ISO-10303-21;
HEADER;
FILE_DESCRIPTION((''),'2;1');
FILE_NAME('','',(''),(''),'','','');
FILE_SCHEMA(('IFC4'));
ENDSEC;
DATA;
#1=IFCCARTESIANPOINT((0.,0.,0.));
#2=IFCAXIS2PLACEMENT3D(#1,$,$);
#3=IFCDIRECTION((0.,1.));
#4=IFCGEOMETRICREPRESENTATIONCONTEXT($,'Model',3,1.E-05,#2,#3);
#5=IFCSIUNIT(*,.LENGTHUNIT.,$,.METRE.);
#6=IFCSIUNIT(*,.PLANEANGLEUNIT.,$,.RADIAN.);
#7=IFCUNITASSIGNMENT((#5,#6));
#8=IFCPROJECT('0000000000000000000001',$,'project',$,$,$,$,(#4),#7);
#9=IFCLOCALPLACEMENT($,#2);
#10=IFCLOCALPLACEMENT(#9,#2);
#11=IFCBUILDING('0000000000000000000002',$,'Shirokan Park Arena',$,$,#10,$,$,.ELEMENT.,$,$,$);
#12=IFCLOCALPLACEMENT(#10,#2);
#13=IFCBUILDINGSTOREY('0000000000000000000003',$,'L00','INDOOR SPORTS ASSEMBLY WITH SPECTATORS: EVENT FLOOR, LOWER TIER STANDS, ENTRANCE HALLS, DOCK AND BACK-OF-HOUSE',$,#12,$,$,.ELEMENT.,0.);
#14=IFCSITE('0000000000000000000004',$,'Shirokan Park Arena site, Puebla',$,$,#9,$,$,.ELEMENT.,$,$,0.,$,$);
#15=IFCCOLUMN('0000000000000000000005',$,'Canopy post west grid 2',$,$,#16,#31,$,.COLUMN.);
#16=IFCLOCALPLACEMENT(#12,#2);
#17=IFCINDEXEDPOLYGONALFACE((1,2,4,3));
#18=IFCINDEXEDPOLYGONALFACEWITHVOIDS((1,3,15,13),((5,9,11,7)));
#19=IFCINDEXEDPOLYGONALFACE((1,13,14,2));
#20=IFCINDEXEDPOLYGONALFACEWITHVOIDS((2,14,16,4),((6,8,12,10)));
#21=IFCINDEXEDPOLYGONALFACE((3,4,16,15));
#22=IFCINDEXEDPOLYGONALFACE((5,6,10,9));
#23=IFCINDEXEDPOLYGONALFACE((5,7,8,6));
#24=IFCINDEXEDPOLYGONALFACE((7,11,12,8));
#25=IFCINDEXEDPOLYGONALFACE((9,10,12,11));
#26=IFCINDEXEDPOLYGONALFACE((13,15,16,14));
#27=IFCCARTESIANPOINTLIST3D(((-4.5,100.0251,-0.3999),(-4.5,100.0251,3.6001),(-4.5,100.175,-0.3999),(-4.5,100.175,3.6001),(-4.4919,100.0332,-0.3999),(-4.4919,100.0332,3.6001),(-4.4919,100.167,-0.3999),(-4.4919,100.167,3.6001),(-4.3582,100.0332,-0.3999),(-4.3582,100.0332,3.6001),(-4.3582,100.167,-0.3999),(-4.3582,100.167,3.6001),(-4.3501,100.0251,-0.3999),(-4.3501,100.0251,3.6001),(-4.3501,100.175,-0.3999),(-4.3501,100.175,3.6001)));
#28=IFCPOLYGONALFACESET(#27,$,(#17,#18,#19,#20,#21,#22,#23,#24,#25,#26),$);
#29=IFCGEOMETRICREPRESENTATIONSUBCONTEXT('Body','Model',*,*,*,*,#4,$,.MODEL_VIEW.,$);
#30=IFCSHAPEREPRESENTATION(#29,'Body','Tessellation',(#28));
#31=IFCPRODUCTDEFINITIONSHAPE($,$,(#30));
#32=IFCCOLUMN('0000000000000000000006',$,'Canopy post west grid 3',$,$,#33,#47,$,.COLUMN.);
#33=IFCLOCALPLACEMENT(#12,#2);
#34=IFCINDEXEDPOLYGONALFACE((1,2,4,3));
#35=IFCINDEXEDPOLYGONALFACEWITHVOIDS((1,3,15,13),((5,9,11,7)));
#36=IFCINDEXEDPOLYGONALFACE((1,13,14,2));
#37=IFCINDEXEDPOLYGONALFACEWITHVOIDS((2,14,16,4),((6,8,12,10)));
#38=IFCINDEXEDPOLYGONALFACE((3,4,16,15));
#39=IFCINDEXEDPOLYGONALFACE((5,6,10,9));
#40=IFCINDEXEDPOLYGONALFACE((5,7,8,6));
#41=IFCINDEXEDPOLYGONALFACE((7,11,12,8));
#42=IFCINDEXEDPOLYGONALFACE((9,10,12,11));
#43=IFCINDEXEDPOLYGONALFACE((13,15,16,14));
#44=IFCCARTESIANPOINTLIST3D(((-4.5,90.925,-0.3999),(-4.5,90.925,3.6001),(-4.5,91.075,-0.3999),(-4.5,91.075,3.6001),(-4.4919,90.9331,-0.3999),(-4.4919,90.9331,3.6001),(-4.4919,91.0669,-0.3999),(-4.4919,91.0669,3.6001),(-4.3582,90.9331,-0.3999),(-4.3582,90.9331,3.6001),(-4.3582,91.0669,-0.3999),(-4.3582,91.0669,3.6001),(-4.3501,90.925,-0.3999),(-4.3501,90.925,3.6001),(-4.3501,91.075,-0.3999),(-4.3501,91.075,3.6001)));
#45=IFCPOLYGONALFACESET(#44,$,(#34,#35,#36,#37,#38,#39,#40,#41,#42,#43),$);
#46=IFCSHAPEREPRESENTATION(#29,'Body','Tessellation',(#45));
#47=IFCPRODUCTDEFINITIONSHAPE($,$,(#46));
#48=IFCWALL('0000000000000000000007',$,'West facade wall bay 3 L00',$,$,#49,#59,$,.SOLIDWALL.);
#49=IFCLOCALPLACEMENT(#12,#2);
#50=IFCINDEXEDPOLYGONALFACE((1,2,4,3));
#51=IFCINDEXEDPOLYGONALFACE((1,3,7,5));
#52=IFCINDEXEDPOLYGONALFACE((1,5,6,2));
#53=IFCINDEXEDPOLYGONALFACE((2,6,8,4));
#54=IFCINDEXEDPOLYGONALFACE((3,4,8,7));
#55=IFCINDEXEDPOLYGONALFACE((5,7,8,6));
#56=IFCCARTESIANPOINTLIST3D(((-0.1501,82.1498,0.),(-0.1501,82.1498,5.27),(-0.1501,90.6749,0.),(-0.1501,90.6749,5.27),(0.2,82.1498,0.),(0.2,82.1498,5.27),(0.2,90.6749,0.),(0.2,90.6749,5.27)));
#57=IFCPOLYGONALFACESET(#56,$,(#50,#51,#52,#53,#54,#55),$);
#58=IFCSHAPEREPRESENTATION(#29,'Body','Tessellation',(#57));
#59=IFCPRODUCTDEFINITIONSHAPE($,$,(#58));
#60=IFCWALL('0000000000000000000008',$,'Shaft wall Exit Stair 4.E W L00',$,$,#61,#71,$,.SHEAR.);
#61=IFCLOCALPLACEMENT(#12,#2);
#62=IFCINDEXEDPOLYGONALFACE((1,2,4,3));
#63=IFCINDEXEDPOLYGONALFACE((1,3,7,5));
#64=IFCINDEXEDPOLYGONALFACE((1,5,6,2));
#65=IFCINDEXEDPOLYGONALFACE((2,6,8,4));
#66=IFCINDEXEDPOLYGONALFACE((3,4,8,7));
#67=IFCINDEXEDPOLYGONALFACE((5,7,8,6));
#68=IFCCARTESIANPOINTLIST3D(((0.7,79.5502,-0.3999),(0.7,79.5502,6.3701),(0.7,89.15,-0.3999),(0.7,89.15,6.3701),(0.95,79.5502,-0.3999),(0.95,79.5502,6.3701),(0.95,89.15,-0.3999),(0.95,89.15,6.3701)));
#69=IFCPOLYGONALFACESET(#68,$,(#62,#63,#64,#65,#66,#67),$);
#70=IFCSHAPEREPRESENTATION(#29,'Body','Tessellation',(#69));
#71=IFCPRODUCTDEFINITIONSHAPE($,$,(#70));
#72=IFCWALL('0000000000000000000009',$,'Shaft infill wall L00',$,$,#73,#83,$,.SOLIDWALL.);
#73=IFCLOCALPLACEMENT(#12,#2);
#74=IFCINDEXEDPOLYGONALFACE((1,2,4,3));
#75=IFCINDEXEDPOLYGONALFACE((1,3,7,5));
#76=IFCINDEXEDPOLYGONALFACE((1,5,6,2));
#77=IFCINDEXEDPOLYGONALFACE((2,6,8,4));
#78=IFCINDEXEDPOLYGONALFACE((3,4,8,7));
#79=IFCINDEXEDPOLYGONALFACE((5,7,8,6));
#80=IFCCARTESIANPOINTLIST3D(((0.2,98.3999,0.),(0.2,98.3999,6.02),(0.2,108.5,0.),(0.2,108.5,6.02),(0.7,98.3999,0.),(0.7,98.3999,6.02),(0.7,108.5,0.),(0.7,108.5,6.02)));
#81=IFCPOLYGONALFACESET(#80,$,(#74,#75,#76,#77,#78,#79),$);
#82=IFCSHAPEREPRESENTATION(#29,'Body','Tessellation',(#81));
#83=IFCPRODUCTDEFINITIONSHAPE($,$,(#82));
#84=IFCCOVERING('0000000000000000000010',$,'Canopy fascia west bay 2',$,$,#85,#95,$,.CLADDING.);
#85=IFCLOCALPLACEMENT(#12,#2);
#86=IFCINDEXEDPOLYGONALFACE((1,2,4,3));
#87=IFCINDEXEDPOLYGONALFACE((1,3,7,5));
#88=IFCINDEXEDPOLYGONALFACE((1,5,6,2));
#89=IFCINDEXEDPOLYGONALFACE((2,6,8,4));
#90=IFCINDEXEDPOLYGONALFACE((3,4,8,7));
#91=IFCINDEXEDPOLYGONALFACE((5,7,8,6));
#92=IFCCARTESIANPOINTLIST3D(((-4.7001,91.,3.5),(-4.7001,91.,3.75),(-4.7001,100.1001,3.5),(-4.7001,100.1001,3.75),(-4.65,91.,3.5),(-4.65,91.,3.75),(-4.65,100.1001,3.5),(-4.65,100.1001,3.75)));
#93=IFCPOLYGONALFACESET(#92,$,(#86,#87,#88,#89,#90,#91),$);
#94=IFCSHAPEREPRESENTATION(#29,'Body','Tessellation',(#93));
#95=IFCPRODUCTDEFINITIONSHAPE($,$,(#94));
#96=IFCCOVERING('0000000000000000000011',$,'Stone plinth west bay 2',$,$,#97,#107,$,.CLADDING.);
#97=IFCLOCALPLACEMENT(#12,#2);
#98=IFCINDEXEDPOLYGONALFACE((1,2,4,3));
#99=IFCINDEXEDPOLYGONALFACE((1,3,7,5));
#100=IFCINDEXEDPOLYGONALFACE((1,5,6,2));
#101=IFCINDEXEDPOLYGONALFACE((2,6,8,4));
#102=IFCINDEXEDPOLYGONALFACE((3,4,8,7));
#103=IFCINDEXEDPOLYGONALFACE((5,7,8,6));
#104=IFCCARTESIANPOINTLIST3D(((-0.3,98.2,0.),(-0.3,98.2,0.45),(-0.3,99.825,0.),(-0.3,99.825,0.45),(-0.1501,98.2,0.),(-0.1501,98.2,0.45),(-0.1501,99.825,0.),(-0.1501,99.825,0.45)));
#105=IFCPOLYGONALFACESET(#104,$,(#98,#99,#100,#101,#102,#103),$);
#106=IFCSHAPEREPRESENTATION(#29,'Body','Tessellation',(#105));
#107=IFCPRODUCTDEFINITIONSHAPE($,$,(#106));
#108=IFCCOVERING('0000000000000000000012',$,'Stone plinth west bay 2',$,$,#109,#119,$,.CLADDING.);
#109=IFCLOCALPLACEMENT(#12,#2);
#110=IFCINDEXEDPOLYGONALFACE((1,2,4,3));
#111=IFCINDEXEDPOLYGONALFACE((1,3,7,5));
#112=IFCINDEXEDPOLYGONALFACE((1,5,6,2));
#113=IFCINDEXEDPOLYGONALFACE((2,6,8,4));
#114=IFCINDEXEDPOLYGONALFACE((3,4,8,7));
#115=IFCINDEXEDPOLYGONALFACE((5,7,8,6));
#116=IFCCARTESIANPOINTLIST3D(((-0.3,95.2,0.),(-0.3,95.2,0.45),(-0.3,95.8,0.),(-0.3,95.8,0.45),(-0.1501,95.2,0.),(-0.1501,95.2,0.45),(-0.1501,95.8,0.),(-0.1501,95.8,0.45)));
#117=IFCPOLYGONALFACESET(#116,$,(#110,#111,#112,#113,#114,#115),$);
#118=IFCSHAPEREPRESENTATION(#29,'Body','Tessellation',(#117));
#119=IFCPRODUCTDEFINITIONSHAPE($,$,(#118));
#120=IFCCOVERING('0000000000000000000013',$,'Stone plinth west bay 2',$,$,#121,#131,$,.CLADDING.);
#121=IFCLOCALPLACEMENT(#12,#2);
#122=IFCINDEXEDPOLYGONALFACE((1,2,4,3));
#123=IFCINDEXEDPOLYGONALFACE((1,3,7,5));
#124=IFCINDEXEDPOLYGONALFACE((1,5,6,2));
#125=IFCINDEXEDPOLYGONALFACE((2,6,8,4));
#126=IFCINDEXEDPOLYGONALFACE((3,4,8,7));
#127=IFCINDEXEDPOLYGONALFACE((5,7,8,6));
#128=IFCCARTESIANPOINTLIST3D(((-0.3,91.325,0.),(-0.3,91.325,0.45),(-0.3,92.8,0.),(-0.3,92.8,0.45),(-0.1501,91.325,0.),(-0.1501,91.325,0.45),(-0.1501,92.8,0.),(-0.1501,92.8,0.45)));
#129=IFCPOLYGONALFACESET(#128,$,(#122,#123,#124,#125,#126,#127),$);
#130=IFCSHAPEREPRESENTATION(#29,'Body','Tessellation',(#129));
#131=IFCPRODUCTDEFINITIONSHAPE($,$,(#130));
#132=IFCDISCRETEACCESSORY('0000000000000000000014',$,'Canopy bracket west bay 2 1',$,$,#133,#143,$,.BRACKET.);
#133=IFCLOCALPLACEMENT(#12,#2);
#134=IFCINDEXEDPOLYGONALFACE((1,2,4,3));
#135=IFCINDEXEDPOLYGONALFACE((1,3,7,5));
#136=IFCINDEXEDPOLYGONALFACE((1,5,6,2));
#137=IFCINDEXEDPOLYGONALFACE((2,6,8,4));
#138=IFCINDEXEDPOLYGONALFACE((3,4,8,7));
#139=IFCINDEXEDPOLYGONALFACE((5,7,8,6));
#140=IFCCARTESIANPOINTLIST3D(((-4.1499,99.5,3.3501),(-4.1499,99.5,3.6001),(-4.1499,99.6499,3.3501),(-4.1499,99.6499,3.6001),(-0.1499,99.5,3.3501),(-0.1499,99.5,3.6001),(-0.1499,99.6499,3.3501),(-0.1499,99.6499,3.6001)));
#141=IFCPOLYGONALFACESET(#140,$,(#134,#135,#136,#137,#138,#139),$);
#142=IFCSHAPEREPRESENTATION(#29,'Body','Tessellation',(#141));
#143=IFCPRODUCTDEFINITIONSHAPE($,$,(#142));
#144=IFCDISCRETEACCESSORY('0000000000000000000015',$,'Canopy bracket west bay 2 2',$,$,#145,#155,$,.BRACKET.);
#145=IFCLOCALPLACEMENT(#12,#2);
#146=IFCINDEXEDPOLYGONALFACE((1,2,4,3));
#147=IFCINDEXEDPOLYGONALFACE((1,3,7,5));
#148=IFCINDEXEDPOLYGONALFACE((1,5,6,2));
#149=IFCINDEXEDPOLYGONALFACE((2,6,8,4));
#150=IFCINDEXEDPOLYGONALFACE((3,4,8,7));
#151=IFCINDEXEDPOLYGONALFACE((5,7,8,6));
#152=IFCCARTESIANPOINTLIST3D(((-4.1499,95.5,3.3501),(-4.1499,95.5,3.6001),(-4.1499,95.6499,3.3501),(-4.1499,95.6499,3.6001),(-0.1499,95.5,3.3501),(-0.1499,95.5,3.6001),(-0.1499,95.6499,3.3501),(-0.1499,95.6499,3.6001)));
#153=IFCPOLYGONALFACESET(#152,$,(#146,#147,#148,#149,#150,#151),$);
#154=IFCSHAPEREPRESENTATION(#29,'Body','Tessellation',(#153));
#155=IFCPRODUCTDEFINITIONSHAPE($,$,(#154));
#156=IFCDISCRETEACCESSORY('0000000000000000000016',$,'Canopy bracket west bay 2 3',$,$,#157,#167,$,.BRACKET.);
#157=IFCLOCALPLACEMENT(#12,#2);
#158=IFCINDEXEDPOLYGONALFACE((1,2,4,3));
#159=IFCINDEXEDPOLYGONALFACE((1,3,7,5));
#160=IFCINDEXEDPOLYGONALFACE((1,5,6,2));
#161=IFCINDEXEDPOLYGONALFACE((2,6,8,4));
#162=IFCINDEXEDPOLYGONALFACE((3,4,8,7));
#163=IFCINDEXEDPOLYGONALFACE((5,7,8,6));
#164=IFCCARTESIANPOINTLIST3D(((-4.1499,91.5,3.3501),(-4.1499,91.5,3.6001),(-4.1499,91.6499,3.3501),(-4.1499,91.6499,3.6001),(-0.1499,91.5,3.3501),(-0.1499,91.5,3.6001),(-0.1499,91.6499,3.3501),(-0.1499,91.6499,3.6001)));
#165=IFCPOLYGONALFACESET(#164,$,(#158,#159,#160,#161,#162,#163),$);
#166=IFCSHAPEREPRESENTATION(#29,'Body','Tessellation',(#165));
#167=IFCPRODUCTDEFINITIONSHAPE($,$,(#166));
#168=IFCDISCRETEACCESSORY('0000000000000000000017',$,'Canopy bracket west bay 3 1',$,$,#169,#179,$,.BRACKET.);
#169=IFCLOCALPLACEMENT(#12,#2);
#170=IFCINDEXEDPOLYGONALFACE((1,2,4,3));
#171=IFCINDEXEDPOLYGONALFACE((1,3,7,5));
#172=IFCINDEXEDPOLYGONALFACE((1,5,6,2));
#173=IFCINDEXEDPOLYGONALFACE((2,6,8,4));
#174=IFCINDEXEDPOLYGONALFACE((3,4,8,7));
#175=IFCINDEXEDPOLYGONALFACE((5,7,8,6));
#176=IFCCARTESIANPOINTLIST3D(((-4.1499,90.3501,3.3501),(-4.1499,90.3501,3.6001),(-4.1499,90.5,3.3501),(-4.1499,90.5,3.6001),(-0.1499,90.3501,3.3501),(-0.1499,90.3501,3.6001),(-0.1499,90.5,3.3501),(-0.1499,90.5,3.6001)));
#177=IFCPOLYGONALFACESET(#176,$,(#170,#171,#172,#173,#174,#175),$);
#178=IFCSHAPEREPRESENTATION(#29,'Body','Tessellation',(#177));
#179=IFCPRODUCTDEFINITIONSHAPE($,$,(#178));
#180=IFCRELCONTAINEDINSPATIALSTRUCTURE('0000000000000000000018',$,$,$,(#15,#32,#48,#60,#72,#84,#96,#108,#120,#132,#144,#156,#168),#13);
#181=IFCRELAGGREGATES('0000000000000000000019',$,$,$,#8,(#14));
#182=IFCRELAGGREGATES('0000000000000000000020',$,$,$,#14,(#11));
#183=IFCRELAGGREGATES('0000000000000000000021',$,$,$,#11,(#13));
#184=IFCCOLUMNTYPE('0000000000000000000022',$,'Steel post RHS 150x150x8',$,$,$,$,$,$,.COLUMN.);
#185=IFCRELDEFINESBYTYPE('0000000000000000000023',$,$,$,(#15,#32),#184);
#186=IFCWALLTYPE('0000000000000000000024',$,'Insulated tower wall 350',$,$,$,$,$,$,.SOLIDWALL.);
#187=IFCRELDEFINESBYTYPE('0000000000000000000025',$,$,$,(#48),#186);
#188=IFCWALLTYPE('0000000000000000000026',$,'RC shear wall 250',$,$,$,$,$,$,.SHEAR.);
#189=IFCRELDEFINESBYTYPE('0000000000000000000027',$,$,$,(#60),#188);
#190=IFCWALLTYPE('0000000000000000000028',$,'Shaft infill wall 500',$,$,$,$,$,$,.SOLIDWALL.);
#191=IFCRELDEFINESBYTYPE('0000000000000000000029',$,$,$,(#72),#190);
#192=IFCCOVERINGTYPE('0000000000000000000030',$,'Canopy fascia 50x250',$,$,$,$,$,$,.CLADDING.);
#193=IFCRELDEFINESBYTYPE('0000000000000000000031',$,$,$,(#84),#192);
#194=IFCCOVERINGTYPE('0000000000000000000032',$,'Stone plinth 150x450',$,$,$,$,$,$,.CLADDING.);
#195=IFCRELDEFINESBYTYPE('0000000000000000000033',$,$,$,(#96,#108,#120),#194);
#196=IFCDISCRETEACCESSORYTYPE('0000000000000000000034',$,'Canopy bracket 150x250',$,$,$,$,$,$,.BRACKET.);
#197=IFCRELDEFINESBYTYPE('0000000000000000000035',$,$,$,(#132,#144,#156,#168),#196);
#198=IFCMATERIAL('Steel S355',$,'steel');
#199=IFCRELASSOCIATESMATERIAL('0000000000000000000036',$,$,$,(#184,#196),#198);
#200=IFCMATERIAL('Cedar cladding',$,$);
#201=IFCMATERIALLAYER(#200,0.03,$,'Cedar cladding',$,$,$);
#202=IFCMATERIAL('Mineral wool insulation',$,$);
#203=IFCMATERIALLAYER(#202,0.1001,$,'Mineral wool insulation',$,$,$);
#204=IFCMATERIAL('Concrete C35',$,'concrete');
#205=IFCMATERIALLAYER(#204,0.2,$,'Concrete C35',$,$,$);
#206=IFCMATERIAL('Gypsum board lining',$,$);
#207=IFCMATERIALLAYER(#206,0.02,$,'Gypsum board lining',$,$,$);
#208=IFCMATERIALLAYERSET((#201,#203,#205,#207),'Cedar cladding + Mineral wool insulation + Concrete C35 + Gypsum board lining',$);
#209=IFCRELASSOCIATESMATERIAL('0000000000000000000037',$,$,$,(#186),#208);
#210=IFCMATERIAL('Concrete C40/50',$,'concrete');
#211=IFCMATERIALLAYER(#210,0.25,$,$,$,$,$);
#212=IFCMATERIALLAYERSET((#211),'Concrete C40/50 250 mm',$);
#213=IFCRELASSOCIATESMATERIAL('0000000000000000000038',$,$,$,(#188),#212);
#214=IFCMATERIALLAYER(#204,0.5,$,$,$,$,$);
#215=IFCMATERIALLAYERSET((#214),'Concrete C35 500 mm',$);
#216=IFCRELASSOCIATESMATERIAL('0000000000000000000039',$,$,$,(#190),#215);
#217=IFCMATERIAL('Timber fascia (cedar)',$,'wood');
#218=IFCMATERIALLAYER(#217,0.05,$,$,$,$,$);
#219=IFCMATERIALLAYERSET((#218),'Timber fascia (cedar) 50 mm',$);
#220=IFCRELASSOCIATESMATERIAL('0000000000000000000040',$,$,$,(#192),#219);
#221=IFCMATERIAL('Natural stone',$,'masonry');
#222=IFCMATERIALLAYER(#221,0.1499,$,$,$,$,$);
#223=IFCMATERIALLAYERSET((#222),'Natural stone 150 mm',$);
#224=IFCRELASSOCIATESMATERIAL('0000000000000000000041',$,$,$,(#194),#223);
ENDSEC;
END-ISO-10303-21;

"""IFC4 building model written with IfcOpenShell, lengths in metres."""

from ifc_helpers import new_model, si_unit, direction, frame, frame_2d, origin, origin_2d, place, context, subcontext, project, spatial, rectangle, hollow_rectangle, extrude, material, layer, layer_set, material_profile, profile_set, type_object, element, save


model = new_model("IFC4")

# Units and contexts
model_context = context("Model", 3, precision=1e-05, world=origin(), true_north=direction((0.0, 1.0)))
body_context = subcontext(model_context, "Body", "Model", "MODEL_VIEW")
ifc_project = project(units=[si_unit("LENGTHUNIT", "METRE"), si_unit("PLANEANGLEUNIT", "RADIAN")], contexts=[model_context])

# Site, building, storey
site_placement = place(None, origin())
site = spatial("IfcSite", under=ifc_project, at=site_placement, Name="Shirokan Park Arena site, Puebla", CompositionType="ELEMENT", RefElevation=0.0)
building_placement = place(site_placement, origin())
building = spatial("IfcBuilding", under=site, at=building_placement, Name="Shirokan Park Arena", CompositionType="ELEMENT")
storey_placement = place(building_placement, origin())
storey = spatial("IfcBuildingStorey", under=building, at=storey_placement, Name="L00", Description="INDOOR SPORTS ASSEMBLY WITH SPECTATORS: EVENT FLOOR, LOWER TIER STANDS, ENTRANCE HALLS, DOCK AND BACK-OF-HOUSE", CompositionType="ELEMENT", Elevation=0.0)

# Columns
ifc_material_1 = material(Name="Concrete C35", Category="concrete")
ifc_material_2 = material(Name="Steel S355", Category="steel")
ifc_material_profile_1 = material_profile(ifc_material_2, hollow_rectangle(XDim=0.1499, YDim=0.1499, WallThickness=0.0081, at=origin_2d()), Name="RHS 150x150x8")
ifc_profile_set_1 = profile_set([ifc_material_profile_1], Name="Steel S355")
column_type_1 = type_object("IfcColumnType", Name="Steel post RHS 150x150x8", PredefinedType="COLUMN", material=ifc_profile_set_1)
for number, where, z_axis, x_axis, name in (
    (1, (-4.425, 100.1001, -0.3999), (0.0, 0.0, 1.0), (1.0, 0.0, 0.0), "Canopy post west grid 2"),
    (2, (-4.425, 91.0, -0.3999), (0.0, 0.0, 1.0), (1.0, 0.0, 0.0), "Canopy post west grid 3"),
):
    element("IfcColumn", number, at=place(storey_placement, frame(where, z_axis=z_axis, x_axis=x_axis)), inside=storey, type_object=column_type_1, Name=name, PredefinedType="COLUMN", context=body_context, shape_type="SweptSolid", body=[
        extrude(hollow_rectangle(XDim=0.1499, YDim=0.1499, WallThickness=0.0081, at=origin_2d()), origin(), (0.0, 0.0, 1.0), 4.0),
    ])

# Shared definitions
ifc_material_3 = material(Name="Cedar cladding")
ifc_layer_1 = layer(ifc_material_3, 0.03, Name="Cedar cladding")
ifc_material_4 = material(Name="Mineral wool insulation")
ifc_layer_2 = layer(ifc_material_4, 0.1001, Name="Mineral wool insulation")
ifc_layer_3 = layer(ifc_material_1, 0.2, Name="Concrete C35")
ifc_material_5 = material(Name="Gypsum board lining")
ifc_layer_4 = layer(ifc_material_5, 0.02, Name="Gypsum board lining")
ifc_layer_set_1 = layer_set([ifc_layer_1, ifc_layer_2, ifc_layer_3, ifc_layer_4], Name="Cedar cladding + Mineral wool insulation + Concrete C35 + Gypsum board lining")
wall_type_1 = type_object("IfcWallType", Name="Insulated tower wall 350", PredefinedType="SOLIDWALL", material=ifc_layer_set_1)

# Walls
wall_1_placement = place(storey_placement, frame((0.0249, 90.675, 0.0), z_axis=(0.0, 0.0, 1.0), x_axis=(0.0, -1.0, 0.0)))
element("IfcWall", 3, at=wall_1_placement, inside=storey, type_object=wall_type_1, Name="West facade wall bay 3 L00", PredefinedType="SOLIDWALL", context=body_context, shape_type="SweptSolid", body=[
    extrude(rectangle(XDim=8.5251, YDim=0.3501, at=frame_2d((4.2627, 0.0))), origin(), (0.0, 0.0, 1.0), 5.27),
])
ifc_material_6 = material(Name="Concrete C40/50", Category="concrete")
ifc_layer_5 = layer(ifc_material_6, 0.25)
ifc_layer_set_2 = layer_set([ifc_layer_5], Name="Concrete C40/50 250 mm")
wall_type_2 = type_object("IfcWallType", Name="RC shear wall 250", PredefinedType="SHEAR", material=ifc_layer_set_2)
wall_2_placement = place(storey_placement, frame((0.825, 89.1499, -0.3999), z_axis=(0.0, 0.0, 1.0), x_axis=(0.0, -1.0, 0.0)))
element("IfcWall", 4, at=wall_2_placement, inside=storey, type_object=wall_type_2, Name="Shaft wall Exit Stair 4.E W L00", PredefinedType="SHEAR", context=body_context, shape_type="SweptSolid", body=[
    extrude(rectangle(XDim=9.5999, YDim=0.25, at=frame_2d((4.7998, 0.0))), origin(), (0.0, 0.0, 1.0), 6.77),
])
ifc_layer_6 = layer(ifc_material_1, 0.5)
ifc_layer_set_3 = layer_set([ifc_layer_6], Name="Concrete C35 500 mm")
wall_type_3 = type_object("IfcWallType", Name="Shaft infill wall 500", PredefinedType="SOLIDWALL", material=ifc_layer_set_3)
wall_3_placement = place(storey_placement, frame((0.45, 98.3999, 0.0), z_axis=(0.0, 0.0, 1.0), x_axis=(0.0, 1.0, 0.0)))
element("IfcWall", 5, at=wall_3_placement, inside=storey, type_object=wall_type_3, Name="Shaft infill wall L00", PredefinedType="SOLIDWALL", context=body_context, shape_type="SweptSolid", body=[
    extrude(rectangle(XDim=10.1001, YDim=0.5, at=frame_2d((5.05, 0.0))), origin(), (0.0, 0.0, 1.0), 6.02),
])

# Coverings
ifc_material_7 = material(Name="Timber fascia (cedar)", Category="wood")
ifc_layer_7 = layer(ifc_material_7, 0.05)
ifc_layer_set_4 = layer_set([ifc_layer_7], Name="Timber fascia (cedar) 50 mm")
covering_type_1 = type_object("IfcCoveringType", Name="Canopy fascia 50x250", PredefinedType="CLADDING", material=ifc_layer_set_4)
covering_1_placement = place(storey_placement, frame((-4.675, 95.55, 3.5), z_axis=(0.0, 0.0, 1.0), x_axis=(0.0, -1.0, 0.0)))
element("IfcCovering", 6, at=covering_1_placement, inside=storey, type_object=covering_type_1, Name="Canopy fascia west bay 2", PredefinedType="CLADDING", context=body_context, shape_type="SweptSolid", body=[
    extrude(rectangle(XDim=9.1001, YDim=0.05, at=origin_2d()), origin(), (0.0, 0.0, 1.0), 0.25),
])
ifc_material_8 = material(Name="Natural stone", Category="masonry")
ifc_layer_8 = layer(ifc_material_8, 0.1499)
ifc_layer_set_5 = layer_set([ifc_layer_8], Name="Natural stone 150 mm")
covering_type_2 = type_object("IfcCoveringType", Name="Stone plinth 150x450", PredefinedType="CLADDING", material=ifc_layer_set_5)
covering_2_placement = place(storey_placement, frame((-0.2251, 99.0125, 0.0), z_axis=(0.0, 0.0, 1.0), x_axis=(0.0, -1.0, 0.0)))
element("IfcCovering", 7, at=covering_2_placement, inside=storey, type_object=covering_type_2, Name="Stone plinth west bay 2", PredefinedType="CLADDING", context=body_context, shape_type="SweptSolid", body=[
    extrude(rectangle(XDim=1.625, YDim=0.1499, at=origin_2d()), origin(), (0.0, 0.0, 1.0), 0.45),
])
covering_3_placement = place(storey_placement, frame((-0.2251, 95.5, 0.0), z_axis=(0.0, 0.0, 1.0), x_axis=(0.0, -1.0, 0.0)))
element("IfcCovering", 8, at=covering_3_placement, inside=storey, type_object=covering_type_2, Name="Stone plinth west bay 2", PredefinedType="CLADDING", context=body_context, shape_type="SweptSolid", body=[
    extrude(rectangle(XDim=0.6001, YDim=0.1499, at=origin_2d()), origin(), (0.0, 0.0, 1.0), 0.45),
])
covering_4_placement = place(storey_placement, frame((-0.2251, 92.0625, 0.0), z_axis=(0.0, 0.0, 1.0), x_axis=(0.0, -1.0, 0.0)))
element("IfcCovering", 9, at=covering_4_placement, inside=storey, type_object=covering_type_2, Name="Stone plinth west bay 2", PredefinedType="CLADDING", context=body_context, shape_type="SweptSolid", body=[
    extrude(rectangle(XDim=1.4751, YDim=0.1499, at=origin_2d()), origin(), (0.0, 0.0, 1.0), 0.45),
])

# Discrete accessories
discrete_accessory_type = type_object("IfcDiscreteAccessoryType", Name="Canopy bracket 150x250", PredefinedType="BRACKET", material=ifc_material_2)
for number, where, z_axis, x_axis, name in (
    (10, (-2.1499, 99.575, 3.3501), (0.0, 0.0, 1.0), (0.0, -1.0, 0.0), "Canopy bracket west bay 2 1"),
    (11, (-2.1499, 95.575, 3.3501), (0.0, 0.0, 1.0), (0.0, -1.0, 0.0), "Canopy bracket west bay 2 2"),
    (12, (-2.1499, 91.575, 3.3501), (0.0, 0.0, 1.0), (0.0, -1.0, 0.0), "Canopy bracket west bay 2 3"),
    (13, (-2.1499, 90.425, 3.3501), (0.0, 0.0, 1.0), (0.0, -1.0, 0.0), "Canopy bracket west bay 3 1"),
):
    element("IfcDiscreteAccessory", number, at=place(storey_placement, frame(where, z_axis=z_axis, x_axis=x_axis)), inside=storey, type_object=discrete_accessory_type, Name=name, PredefinedType="BRACKET", context=body_context, shape_type="SweptSolid", body=[
        extrude(rectangle(XDim=0.1499, YDim=4.0, at=origin_2d()), origin(), (0.0, 0.0, 1.0), 0.25),
    ])

save(model, "model.ifc")
